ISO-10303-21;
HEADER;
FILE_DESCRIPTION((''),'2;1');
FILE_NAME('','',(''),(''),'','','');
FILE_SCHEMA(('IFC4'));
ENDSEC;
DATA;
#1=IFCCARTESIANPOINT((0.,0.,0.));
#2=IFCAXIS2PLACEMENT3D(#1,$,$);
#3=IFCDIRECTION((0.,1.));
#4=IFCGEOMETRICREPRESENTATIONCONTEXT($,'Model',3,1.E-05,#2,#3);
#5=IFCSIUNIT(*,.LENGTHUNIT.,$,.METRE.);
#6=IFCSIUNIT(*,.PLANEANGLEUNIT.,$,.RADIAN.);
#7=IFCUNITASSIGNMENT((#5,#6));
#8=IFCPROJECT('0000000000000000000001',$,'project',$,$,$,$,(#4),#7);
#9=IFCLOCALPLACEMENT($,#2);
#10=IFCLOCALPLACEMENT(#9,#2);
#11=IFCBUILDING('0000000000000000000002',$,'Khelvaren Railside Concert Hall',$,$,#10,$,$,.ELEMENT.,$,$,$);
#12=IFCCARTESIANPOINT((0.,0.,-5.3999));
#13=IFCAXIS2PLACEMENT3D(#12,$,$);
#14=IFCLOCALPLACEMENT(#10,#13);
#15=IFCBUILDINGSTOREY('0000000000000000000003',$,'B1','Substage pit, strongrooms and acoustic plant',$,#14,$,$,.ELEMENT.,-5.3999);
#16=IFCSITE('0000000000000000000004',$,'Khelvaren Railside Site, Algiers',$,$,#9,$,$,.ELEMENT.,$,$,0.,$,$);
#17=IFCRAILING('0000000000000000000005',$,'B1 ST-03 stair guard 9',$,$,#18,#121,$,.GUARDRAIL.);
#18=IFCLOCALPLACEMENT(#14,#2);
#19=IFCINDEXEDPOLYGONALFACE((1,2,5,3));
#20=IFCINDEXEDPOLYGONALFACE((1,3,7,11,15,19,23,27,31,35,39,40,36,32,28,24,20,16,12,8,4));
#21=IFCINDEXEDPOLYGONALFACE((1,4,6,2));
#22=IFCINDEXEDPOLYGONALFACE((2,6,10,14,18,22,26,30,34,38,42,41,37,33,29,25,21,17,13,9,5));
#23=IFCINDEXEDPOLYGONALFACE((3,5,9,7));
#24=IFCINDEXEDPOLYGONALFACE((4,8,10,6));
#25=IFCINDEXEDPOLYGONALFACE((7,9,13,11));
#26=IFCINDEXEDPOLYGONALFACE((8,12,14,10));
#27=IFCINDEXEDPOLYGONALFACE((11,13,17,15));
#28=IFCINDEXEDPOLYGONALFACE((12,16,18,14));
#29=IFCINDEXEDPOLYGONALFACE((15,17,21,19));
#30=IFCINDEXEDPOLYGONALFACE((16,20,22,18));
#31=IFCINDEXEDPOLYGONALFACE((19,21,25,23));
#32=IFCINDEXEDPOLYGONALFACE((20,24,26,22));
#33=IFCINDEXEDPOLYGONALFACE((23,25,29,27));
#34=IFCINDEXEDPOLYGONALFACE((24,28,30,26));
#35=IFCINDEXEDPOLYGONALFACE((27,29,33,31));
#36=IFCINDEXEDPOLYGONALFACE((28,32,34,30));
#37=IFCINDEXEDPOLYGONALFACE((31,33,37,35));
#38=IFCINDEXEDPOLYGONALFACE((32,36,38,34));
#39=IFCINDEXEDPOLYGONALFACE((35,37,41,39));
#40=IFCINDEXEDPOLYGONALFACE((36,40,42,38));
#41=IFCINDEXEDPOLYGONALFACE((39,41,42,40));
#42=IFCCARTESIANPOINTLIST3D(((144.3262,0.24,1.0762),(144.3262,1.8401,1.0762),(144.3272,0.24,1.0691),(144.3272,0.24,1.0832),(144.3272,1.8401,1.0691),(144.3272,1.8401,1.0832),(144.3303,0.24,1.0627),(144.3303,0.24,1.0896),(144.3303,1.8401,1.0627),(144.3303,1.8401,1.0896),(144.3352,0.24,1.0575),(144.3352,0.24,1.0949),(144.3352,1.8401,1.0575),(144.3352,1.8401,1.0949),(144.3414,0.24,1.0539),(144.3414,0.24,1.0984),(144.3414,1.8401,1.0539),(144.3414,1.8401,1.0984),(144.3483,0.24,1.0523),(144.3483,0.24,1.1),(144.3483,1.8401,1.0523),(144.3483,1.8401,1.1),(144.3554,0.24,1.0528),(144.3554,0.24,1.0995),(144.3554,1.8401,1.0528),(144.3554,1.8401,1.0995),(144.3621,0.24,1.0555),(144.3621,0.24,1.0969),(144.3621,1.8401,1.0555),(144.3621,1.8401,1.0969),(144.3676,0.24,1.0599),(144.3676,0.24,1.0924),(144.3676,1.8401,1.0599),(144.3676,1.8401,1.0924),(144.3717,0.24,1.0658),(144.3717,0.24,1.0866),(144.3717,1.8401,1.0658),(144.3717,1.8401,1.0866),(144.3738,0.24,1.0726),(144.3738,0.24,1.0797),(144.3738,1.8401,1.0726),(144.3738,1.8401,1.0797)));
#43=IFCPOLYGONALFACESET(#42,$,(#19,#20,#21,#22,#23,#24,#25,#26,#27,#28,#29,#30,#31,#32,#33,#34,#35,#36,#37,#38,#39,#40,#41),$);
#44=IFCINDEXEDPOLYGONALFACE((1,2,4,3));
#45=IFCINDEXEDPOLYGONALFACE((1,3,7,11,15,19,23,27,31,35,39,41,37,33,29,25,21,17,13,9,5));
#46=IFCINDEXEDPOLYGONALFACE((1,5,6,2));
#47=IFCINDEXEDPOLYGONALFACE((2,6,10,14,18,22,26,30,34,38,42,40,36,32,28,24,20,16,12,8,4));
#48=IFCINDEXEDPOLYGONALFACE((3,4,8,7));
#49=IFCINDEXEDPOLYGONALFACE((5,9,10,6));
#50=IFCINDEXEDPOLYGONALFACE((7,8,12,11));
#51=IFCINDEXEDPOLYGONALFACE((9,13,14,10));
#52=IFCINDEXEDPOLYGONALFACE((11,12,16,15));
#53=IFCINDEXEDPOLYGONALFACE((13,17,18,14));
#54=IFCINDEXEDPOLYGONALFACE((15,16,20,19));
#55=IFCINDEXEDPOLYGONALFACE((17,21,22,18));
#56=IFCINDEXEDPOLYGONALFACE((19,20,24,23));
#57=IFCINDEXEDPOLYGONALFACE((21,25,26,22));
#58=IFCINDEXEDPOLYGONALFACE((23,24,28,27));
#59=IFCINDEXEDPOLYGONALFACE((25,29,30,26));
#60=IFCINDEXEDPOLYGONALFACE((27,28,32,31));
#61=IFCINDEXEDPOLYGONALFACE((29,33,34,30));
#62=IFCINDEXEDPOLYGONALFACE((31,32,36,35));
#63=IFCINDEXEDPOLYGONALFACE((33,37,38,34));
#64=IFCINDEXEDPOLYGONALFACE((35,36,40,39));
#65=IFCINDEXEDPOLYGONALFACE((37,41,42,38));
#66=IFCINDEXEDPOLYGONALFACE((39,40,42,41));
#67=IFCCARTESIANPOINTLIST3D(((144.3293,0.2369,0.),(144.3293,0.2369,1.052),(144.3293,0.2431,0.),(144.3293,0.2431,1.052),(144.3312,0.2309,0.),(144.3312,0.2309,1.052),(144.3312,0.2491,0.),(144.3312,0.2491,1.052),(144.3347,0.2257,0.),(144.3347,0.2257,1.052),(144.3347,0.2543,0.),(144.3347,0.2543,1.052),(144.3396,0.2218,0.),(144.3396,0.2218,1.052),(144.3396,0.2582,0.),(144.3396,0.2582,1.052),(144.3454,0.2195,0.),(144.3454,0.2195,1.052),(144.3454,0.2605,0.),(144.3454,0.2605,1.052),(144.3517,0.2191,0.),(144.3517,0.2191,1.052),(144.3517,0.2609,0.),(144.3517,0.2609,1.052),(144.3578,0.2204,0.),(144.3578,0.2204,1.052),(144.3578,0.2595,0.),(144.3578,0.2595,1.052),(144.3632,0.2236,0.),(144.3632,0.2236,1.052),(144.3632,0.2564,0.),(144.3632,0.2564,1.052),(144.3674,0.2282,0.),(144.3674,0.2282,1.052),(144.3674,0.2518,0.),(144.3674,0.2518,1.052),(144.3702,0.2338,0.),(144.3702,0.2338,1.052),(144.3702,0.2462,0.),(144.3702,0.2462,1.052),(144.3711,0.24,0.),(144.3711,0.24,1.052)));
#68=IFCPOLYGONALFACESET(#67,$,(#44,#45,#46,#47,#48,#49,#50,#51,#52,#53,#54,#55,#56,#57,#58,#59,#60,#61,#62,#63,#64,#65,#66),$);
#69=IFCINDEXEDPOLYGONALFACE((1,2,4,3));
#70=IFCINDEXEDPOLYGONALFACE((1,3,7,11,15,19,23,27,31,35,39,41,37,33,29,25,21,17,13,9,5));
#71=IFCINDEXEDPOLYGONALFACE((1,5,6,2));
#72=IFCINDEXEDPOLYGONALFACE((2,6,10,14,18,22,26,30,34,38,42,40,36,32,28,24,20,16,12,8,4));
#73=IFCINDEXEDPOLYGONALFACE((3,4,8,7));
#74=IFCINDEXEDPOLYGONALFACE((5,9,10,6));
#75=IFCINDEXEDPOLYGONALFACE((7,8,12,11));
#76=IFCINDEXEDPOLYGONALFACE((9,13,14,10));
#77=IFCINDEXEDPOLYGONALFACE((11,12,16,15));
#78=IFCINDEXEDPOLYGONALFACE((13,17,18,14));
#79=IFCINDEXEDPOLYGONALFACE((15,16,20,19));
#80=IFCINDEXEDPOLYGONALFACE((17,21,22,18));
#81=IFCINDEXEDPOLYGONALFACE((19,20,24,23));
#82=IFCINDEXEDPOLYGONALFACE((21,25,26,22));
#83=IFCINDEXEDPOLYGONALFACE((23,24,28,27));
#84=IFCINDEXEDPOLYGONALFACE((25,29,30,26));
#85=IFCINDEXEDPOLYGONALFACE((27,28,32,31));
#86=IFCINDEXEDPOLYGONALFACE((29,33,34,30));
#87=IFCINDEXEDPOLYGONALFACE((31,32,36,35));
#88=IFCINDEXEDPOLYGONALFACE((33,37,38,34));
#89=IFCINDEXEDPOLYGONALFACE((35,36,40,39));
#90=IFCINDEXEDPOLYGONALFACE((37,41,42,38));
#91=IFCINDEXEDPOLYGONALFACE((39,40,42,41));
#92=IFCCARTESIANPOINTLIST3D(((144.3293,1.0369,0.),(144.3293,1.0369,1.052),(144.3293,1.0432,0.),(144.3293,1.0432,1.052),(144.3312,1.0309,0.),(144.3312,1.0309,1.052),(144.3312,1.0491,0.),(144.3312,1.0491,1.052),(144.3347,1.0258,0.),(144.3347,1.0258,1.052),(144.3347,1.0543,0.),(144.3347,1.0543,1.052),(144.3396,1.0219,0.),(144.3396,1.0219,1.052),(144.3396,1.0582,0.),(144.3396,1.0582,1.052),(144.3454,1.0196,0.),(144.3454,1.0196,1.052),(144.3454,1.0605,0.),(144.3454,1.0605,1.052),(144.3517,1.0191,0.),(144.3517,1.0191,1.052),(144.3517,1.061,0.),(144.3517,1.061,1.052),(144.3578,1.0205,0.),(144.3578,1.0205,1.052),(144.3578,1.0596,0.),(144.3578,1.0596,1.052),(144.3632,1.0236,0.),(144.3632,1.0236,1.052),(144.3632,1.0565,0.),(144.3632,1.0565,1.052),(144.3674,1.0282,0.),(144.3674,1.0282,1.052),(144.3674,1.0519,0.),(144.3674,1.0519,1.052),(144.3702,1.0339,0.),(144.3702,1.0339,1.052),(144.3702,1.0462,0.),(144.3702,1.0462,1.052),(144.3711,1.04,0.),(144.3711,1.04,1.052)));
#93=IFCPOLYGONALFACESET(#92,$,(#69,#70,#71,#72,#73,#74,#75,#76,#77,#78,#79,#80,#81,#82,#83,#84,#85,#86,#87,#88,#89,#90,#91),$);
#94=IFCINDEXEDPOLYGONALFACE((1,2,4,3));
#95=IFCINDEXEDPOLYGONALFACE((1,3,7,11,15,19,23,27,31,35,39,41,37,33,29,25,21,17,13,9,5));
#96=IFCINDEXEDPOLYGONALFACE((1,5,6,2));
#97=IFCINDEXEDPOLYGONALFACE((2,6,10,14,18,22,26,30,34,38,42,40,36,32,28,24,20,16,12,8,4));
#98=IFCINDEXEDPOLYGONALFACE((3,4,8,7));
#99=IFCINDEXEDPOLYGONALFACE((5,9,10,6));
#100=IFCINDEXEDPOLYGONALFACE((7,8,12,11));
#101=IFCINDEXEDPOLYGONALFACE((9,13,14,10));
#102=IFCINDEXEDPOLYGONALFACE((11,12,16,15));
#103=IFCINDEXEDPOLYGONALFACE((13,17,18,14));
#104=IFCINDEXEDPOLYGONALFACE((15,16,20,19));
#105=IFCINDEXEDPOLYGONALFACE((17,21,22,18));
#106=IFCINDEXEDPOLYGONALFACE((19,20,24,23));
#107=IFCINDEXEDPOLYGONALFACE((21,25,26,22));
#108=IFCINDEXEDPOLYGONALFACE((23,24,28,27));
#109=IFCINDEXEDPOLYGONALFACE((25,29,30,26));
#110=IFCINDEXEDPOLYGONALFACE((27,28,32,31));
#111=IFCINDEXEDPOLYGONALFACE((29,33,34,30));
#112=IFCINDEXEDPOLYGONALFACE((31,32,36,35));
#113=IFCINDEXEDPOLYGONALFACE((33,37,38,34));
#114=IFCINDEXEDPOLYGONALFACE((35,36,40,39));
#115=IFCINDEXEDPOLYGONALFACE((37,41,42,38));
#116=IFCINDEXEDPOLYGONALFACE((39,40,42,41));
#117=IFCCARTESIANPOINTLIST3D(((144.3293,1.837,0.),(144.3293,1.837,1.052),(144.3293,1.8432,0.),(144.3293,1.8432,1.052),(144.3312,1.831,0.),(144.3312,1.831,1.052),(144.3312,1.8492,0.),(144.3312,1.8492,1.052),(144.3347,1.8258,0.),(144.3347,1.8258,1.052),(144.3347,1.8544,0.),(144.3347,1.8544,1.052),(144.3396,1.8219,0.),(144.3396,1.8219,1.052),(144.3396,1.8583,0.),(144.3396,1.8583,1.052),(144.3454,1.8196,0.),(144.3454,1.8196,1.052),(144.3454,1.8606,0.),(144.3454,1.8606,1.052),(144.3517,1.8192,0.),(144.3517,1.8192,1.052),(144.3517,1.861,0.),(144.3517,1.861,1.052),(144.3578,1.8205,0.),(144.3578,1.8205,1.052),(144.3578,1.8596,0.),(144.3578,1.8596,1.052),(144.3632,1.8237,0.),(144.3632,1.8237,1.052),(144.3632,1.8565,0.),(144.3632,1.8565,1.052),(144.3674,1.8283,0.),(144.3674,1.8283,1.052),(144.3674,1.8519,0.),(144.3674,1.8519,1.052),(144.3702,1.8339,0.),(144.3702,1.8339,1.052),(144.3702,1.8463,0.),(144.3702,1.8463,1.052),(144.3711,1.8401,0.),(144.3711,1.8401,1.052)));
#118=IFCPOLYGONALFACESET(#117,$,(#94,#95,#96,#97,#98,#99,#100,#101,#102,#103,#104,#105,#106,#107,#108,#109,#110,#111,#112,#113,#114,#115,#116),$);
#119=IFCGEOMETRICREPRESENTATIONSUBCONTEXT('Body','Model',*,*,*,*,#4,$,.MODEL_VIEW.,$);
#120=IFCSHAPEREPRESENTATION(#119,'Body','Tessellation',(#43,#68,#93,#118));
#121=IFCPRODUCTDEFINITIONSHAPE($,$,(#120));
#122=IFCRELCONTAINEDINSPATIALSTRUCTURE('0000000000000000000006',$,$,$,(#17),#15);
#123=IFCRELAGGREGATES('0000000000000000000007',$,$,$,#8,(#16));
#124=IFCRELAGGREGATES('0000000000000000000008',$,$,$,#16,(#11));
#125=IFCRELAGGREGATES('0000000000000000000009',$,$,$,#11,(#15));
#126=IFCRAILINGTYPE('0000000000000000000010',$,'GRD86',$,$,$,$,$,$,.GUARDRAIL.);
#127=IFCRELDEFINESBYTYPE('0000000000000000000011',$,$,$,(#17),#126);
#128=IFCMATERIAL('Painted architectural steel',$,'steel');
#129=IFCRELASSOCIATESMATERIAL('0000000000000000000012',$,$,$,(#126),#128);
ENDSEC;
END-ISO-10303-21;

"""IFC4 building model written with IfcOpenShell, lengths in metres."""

from ifc_helpers import new_model, si_unit, direction, frame, origin, origin_2d, place, context, subcontext, project, spatial, circle, extrude, material, type_object, element, save


model = new_model("IFC4")

# Units and contexts
model_context = context("Model", 3, precision=1e-05, world=origin(), true_north=direction((0.0, 1.0)))
body_context = subcontext(model_context, "Body", "Model", "MODEL_VIEW")
ifc_project = project(units=[si_unit("LENGTHUNIT", "METRE"), si_unit("PLANEANGLEUNIT", "RADIAN")], contexts=[model_context])

# Site, building, storey
site_placement = place(None, origin())
site = spatial("IfcSite", under=ifc_project, at=site_placement, Name="Khelvaren Railside Site, Algiers", CompositionType="ELEMENT", RefElevation=0.0)
building_placement = place(site_placement, origin())
building = spatial("IfcBuilding", under=site, at=building_placement, Name="Khelvaren Railside Concert Hall", CompositionType="ELEMENT")
storey_placement = place(building_placement, frame((0.0, 0.0, -5.3999)))
storey = spatial("IfcBuildingStorey", under=building, at=storey_placement, Name="B1", Description="Substage pit, strongrooms and acoustic plant", CompositionType="ELEMENT", Elevation=-5.3999)

# Railing
ifc_material_1 = material(Name="Painted architectural steel", Category="steel")
railing_type_1 = type_object("IfcRailingType", Name="GRD86", PredefinedType="GUARDRAIL", material=ifc_material_1)
for number, where, name in (
    (1, (144.3501, 0.24, 0.0), "B1 ST-03 stair guard 9"),
):
    element("IfcRailing", number, at=place(storey_placement, frame(where)), inside=storey, type_object=railing_type_1, Name=name, PredefinedType="GUARDRAIL", context=body_context, shape_type="SweptSolid", body=[
        extrude(circle(Radius=0.0239, at=origin_2d()), frame((0.0, 0.0, 1.0762), z_axis=(0.0, 1.0, 0.0), x_axis=(-1.0, 0.0, 0.0)), (0.0, 0.0, 1.0), 1.6001),
        extrude(circle(Radius=0.021, at=origin_2d()), origin(), (0.0, 0.0, 1.0), 1.052),
        extrude(circle(Radius=0.021, at=origin_2d()), frame((0.0, 0.8, 0.0)), (0.0, 0.0, 1.0), 1.052),
        extrude(circle(Radius=0.021, at=origin_2d()), frame((0.0, 1.6001, 0.0)), (0.0, 0.0, 1.0), 1.052),
    ])

save(model, "model.ifc")
